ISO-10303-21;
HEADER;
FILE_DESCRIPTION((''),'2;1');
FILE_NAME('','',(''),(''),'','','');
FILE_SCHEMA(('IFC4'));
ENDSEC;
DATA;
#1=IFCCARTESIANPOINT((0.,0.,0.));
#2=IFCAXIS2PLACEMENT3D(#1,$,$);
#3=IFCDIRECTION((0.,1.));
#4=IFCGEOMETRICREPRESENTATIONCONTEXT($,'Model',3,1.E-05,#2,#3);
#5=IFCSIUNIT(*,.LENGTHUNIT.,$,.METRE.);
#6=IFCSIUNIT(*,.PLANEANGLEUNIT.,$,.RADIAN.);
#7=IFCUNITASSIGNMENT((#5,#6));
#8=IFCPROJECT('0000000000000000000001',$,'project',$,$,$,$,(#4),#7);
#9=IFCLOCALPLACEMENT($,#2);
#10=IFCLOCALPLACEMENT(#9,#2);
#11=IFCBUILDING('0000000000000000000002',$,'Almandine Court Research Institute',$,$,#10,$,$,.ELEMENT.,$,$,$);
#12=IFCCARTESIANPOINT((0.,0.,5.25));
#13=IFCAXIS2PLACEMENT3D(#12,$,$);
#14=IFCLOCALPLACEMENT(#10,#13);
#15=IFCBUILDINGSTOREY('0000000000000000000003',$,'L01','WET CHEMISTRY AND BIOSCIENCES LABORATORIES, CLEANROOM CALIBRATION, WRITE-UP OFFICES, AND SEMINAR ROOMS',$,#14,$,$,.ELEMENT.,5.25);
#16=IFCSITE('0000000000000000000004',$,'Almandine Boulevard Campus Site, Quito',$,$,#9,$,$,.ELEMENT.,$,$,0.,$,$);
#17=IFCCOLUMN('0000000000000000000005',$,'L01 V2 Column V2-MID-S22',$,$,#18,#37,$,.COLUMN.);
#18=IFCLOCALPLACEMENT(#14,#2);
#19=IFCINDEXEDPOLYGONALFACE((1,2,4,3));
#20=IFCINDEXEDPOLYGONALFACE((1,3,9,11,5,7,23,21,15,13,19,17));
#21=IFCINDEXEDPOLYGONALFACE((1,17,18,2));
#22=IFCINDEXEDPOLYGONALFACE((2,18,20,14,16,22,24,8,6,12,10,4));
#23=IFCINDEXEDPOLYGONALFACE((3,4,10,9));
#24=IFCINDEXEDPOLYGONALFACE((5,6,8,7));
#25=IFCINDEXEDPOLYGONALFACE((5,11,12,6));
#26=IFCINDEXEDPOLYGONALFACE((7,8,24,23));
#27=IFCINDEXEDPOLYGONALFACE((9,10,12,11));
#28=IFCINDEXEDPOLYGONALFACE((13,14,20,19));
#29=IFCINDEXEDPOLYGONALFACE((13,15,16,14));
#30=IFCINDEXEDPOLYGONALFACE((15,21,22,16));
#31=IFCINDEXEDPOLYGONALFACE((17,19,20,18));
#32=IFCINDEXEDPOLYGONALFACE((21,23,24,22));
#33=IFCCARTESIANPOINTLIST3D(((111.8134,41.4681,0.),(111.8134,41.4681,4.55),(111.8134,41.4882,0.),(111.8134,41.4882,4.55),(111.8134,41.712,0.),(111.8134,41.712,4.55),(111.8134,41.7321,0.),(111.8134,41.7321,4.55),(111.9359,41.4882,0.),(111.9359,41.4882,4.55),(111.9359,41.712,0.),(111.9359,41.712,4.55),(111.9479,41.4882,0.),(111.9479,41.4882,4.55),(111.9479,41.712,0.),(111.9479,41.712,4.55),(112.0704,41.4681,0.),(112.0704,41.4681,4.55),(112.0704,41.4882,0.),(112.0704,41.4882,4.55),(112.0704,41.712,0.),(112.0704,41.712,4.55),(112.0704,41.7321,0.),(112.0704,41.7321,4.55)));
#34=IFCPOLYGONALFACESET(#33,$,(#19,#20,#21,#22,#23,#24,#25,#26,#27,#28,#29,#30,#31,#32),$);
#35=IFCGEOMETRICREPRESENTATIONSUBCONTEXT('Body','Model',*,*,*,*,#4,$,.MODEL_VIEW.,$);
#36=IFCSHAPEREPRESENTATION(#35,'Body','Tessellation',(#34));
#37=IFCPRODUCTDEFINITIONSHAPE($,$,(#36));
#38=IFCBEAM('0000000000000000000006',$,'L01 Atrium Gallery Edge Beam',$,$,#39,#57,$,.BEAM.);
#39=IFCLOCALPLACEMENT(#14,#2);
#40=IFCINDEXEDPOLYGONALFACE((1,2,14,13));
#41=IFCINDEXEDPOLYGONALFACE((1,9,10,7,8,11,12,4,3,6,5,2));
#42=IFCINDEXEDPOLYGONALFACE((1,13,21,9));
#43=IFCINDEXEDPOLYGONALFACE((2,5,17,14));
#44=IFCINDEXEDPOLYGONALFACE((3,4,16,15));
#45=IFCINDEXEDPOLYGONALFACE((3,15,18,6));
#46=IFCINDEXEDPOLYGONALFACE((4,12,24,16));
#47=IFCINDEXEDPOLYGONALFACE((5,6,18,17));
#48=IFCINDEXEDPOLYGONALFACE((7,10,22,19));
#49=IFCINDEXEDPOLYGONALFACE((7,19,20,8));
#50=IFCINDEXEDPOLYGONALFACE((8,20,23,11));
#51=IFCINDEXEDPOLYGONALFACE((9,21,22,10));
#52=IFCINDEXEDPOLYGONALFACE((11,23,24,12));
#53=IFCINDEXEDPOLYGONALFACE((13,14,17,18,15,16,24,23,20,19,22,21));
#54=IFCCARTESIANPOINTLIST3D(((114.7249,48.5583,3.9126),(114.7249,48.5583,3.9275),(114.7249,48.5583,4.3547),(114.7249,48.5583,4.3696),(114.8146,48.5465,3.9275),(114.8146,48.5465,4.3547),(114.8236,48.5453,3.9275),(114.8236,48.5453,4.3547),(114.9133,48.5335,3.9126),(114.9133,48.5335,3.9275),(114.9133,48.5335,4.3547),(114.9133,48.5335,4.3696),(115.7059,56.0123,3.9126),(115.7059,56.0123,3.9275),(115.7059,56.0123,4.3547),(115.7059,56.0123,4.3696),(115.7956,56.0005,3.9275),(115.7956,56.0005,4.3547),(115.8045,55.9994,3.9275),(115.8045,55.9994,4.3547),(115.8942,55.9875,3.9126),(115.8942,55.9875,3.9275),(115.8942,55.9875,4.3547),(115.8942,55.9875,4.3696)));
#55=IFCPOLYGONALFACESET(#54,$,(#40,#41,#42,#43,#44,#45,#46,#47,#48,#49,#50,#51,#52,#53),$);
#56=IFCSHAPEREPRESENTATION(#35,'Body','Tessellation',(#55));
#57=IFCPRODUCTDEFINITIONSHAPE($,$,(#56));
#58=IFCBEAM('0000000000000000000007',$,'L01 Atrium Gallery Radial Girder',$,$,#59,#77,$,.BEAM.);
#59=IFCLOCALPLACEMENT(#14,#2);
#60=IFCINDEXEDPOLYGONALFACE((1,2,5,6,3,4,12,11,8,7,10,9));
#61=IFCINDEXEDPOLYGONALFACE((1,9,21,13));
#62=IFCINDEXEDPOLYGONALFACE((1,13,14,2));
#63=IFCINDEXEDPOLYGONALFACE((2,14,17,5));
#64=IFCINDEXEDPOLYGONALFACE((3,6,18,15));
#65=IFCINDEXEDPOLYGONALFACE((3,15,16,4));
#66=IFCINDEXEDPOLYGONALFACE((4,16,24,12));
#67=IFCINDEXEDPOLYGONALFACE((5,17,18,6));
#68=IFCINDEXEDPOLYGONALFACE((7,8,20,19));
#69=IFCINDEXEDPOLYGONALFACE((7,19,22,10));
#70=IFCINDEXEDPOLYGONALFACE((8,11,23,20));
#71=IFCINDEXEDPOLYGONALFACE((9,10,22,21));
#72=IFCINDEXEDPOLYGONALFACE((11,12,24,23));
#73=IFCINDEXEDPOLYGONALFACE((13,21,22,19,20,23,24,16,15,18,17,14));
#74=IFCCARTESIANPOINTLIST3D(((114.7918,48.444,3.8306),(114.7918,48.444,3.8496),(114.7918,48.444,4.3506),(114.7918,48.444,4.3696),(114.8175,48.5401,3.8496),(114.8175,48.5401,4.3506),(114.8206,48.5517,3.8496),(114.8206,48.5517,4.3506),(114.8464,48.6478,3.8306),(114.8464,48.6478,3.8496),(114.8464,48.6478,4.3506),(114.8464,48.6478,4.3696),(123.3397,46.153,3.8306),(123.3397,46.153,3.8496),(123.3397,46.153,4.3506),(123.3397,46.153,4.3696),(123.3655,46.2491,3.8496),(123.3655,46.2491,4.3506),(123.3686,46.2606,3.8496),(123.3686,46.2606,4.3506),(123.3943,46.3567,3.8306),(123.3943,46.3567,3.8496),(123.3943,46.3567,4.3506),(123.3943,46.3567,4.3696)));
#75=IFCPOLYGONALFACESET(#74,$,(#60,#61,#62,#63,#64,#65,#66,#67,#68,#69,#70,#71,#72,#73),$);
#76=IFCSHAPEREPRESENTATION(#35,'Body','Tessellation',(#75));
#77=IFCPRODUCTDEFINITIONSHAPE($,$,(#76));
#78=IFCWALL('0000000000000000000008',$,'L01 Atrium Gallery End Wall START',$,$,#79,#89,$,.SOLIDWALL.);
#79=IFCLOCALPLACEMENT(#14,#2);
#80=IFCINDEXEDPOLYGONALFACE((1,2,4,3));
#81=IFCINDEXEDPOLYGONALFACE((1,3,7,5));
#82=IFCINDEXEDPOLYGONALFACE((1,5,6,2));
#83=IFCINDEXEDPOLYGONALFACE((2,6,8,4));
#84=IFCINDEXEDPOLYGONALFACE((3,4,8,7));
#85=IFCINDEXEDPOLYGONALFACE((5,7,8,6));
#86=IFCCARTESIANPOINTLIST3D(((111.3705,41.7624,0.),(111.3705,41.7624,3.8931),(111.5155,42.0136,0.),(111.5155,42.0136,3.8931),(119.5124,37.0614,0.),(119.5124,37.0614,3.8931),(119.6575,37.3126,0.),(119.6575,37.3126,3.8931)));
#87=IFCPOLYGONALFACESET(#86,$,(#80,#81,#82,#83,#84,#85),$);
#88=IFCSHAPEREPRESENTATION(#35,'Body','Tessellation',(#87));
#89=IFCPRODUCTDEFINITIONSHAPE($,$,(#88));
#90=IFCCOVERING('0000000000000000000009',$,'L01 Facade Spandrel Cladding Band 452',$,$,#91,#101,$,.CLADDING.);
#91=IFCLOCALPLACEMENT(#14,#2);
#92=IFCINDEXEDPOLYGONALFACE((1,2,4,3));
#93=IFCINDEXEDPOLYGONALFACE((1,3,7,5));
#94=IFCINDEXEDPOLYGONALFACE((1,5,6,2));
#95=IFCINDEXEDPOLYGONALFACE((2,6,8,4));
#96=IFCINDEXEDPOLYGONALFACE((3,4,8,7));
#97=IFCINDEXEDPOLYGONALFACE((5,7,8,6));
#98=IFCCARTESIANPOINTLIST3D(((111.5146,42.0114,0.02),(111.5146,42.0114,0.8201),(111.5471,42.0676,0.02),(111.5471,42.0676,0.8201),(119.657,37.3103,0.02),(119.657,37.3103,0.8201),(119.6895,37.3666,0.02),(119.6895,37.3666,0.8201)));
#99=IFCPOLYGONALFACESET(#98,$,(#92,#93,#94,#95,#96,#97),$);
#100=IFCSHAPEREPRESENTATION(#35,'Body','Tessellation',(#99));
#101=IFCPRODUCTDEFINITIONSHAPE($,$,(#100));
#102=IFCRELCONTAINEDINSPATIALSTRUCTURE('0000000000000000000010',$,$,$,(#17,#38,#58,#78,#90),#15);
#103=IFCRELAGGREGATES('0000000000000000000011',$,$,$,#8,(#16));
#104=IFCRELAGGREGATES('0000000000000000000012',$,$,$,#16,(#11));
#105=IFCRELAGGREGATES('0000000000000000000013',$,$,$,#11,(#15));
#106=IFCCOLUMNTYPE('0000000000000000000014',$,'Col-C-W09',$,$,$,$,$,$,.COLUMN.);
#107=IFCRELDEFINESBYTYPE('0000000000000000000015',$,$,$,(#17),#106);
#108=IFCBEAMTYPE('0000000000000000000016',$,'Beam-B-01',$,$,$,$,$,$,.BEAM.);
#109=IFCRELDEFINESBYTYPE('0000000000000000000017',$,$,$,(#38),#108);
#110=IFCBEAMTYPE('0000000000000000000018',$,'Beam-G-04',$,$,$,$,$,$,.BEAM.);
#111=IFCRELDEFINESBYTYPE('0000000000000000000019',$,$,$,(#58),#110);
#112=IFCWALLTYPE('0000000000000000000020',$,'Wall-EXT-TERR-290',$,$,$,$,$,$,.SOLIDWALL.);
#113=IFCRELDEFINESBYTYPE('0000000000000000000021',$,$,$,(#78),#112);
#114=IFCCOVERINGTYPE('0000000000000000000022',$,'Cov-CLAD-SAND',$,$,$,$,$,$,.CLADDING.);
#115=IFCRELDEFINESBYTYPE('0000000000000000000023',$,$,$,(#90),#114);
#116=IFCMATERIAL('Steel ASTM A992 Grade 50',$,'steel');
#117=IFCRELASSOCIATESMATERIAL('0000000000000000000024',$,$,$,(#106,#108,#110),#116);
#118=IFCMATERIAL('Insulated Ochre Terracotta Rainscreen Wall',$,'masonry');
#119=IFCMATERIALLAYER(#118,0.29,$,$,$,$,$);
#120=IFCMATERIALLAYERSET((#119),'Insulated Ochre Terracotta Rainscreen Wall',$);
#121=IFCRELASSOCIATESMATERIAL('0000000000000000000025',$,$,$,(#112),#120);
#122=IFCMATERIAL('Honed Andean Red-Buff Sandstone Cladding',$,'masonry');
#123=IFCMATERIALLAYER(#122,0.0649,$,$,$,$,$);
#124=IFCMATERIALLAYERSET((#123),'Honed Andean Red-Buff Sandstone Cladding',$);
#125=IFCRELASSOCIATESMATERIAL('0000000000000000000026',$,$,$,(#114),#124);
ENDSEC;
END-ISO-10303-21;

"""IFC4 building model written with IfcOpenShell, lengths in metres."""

from ifc_helpers import new_model, si_unit, direction, frame, frame_2d, origin, origin_2d, place, context, subcontext, project, spatial, rectangle, i_section, extrude, material, layer, layer_set, material_profile, profile_set, type_object, element, save


model = new_model("IFC4")

# Units and contexts
model_context = context("Model", 3, precision=1e-05, world=origin(), true_north=direction((0.0, 1.0)))
body_context = subcontext(model_context, "Body", "Model", "MODEL_VIEW")
ifc_project = project(units=[si_unit("LENGTHUNIT", "METRE"), si_unit("PLANEANGLEUNIT", "RADIAN")], contexts=[model_context])

# Site, building, storey
site_placement = place(None, origin())
site = spatial("IfcSite", under=ifc_project, at=site_placement, Name="Almandine Boulevard Campus Site, Quito", CompositionType="ELEMENT", RefElevation=0.0)
building_placement = place(site_placement, origin())
building = spatial("IfcBuilding", under=site, at=building_placement, Name="Almandine Court Research Institute", CompositionType="ELEMENT")
storey_placement = place(building_placement, frame((0.0, 0.0, 5.25)))
storey = spatial("IfcBuildingStorey", under=building, at=storey_placement, Name="L01", Description="WET CHEMISTRY AND BIOSCIENCES LABORATORIES, CLEANROOM CALIBRATION, WRITE-UP OFFICES, AND SEMINAR ROOMS", CompositionType="ELEMENT", Elevation=5.25)

# Column
ifc_material_1 = material(Name="Steel ASTM A992 Grade 50", Category="steel")
ifc_material_profile_1 = material_profile(ifc_material_1, i_section(OverallWidth=0.2571, OverallDepth=0.2639, WebThickness=0.012, FlangeThickness=0.02, at=origin_2d()), Name="W250x101")
ifc_profile_set_1 = profile_set([ifc_material_profile_1], Name="Steel ASTM A992 Grade 50")
column_type_1 = type_object("IfcColumnType", Name="Col-C-W09", PredefinedType="COLUMN", material=ifc_profile_set_1)
column_1_placement = place(storey_placement, frame((111.9419, 41.6001, 0.0), z_axis=(0.0, 0.0, 1.0), x_axis=(1.0, 0.0, 0.0)))
element("IfcColumn", 1, at=column_1_placement, inside=storey, type_object=column_type_1, Name="L01 V2 Column V2-MID-S22", PredefinedType="COLUMN", context=body_context, shape_type="SweptSolid", body=[
    extrude(i_section(OverallWidth=0.2571, OverallDepth=0.2639, WebThickness=0.012, FlangeThickness=0.02, at=origin_2d()), origin(), (0.0, 0.0, 1.0), 4.55),
])

# Beams
ifc_material_profile_2 = material_profile(ifc_material_1, i_section(OverallWidth=0.1899, OverallDepth=0.457, WebThickness=0.009, FlangeThickness=0.0149, at=origin_2d()), Name="W460x74")
ifc_profile_set_2 = profile_set([ifc_material_profile_2], Name="Steel ASTM A992 Grade 50")
beam_type_1 = type_object("IfcBeamType", Name="Beam-B-01", PredefinedType="BEAM", material=ifc_profile_set_2)
beam_1_placement = place(storey_placement, frame((114.8191, 48.5459, 4.1411), z_axis=(0.130475, 0.991452, 0.0), x_axis=(-0.991452, 0.130475, 0.0)))
element("IfcBeam", 2, at=beam_1_placement, inside=storey, type_object=beam_type_1, Name="L01 Atrium Gallery Edge Beam", PredefinedType="BEAM", context=body_context, shape_type="SweptSolid", body=[
    extrude(i_section(OverallWidth=0.1899, OverallDepth=0.457, WebThickness=0.009, FlangeThickness=0.0149, at=origin_2d()), origin(), (0.0, 0.0, 1.0), 7.5183),
])
ifc_material_profile_3 = material_profile(ifc_material_1, i_section(OverallWidth=0.2109, OverallDepth=0.5391, WebThickness=0.012, FlangeThickness=0.019, at=origin_2d()), Name="W530x109")
ifc_profile_set_3 = profile_set([ifc_material_profile_3], Name="Steel ASTM A992 Grade 50")
beam_type_2 = type_object("IfcBeamType", Name="Beam-G-04", PredefinedType="BEAM", material=ifc_profile_set_3)
beam_2_placement = place(storey_placement, frame((114.8191, 48.5459, 4.1001), z_axis=(0.965908, -0.258885, 0.0), x_axis=(0.258885, 0.965908, 0.0)))
element("IfcBeam", 3, at=beam_2_placement, inside=storey, type_object=beam_type_2, Name="L01 Atrium Gallery Radial Girder", PredefinedType="BEAM", context=body_context, shape_type="SweptSolid", body=[
    extrude(i_section(OverallWidth=0.2109, OverallDepth=0.5391, WebThickness=0.012, FlangeThickness=0.019, at=origin_2d()), origin(), (0.0, 0.0, 1.0), 8.8496),
])

# Wall
ifc_material_2 = material(Name="Insulated Ochre Terracotta Rainscreen Wall", Category="masonry")
ifc_layer_1 = layer(ifc_material_2, 0.29)
ifc_layer_set_1 = layer_set([ifc_layer_1], Name="Insulated Ochre Terracotta Rainscreen Wall")
wall_type = type_object("IfcWallType", Name="Wall-EXT-TERR-290", PredefinedType="SOLIDWALL", material=ifc_layer_set_1)
wall_placement = place(storey_placement, frame((111.4431, 41.8879, 0.0), z_axis=(0.0, 0.0, 1.0), x_axis=(0.866015, -0.500018, 0.0)))
element("IfcWall", 4, at=wall_placement, inside=storey, type_object=wall_type, Name="L01 Atrium Gallery End Wall START", PredefinedType="SOLIDWALL", context=body_context, shape_type="SweptSolid", body=[
    extrude(rectangle(XDim=9.4016, YDim=0.29, at=frame_2d((4.7007, 0.0))), origin(), (0.0, 0.0, 1.0), 3.8931),
])

# Covering
ifc_material_3 = material(Name="Honed Andean Red-Buff Sandstone Cladding", Category="masonry")
ifc_layer_2 = layer(ifc_material_3, 0.0649)
ifc_layer_set_2 = layer_set([ifc_layer_2], Name="Honed Andean Red-Buff Sandstone Cladding")
covering_type = type_object("IfcCoveringType", Name="Cov-CLAD-SAND", PredefinedType="CLADDING", material=ifc_layer_set_2)
covering_placement = place(storey_placement, frame((115.6021, 39.689, 0.02), z_axis=(0.0, 0.0, 1.0), x_axis=(0.866025, -0.5, 0.0)))
element("IfcCovering", 5, at=covering_placement, inside=storey, type_object=covering_type, Name="L01 Facade Spandrel Cladding Band 452", PredefinedType="CLADDING", context=body_context, shape_type="SweptSolid", body=[
    extrude(rectangle(XDim=9.4021, YDim=0.0649, at=origin_2d()), origin(), (0.0, 0.0, 1.0), 0.8),
])

save(model, "model.ifc")
